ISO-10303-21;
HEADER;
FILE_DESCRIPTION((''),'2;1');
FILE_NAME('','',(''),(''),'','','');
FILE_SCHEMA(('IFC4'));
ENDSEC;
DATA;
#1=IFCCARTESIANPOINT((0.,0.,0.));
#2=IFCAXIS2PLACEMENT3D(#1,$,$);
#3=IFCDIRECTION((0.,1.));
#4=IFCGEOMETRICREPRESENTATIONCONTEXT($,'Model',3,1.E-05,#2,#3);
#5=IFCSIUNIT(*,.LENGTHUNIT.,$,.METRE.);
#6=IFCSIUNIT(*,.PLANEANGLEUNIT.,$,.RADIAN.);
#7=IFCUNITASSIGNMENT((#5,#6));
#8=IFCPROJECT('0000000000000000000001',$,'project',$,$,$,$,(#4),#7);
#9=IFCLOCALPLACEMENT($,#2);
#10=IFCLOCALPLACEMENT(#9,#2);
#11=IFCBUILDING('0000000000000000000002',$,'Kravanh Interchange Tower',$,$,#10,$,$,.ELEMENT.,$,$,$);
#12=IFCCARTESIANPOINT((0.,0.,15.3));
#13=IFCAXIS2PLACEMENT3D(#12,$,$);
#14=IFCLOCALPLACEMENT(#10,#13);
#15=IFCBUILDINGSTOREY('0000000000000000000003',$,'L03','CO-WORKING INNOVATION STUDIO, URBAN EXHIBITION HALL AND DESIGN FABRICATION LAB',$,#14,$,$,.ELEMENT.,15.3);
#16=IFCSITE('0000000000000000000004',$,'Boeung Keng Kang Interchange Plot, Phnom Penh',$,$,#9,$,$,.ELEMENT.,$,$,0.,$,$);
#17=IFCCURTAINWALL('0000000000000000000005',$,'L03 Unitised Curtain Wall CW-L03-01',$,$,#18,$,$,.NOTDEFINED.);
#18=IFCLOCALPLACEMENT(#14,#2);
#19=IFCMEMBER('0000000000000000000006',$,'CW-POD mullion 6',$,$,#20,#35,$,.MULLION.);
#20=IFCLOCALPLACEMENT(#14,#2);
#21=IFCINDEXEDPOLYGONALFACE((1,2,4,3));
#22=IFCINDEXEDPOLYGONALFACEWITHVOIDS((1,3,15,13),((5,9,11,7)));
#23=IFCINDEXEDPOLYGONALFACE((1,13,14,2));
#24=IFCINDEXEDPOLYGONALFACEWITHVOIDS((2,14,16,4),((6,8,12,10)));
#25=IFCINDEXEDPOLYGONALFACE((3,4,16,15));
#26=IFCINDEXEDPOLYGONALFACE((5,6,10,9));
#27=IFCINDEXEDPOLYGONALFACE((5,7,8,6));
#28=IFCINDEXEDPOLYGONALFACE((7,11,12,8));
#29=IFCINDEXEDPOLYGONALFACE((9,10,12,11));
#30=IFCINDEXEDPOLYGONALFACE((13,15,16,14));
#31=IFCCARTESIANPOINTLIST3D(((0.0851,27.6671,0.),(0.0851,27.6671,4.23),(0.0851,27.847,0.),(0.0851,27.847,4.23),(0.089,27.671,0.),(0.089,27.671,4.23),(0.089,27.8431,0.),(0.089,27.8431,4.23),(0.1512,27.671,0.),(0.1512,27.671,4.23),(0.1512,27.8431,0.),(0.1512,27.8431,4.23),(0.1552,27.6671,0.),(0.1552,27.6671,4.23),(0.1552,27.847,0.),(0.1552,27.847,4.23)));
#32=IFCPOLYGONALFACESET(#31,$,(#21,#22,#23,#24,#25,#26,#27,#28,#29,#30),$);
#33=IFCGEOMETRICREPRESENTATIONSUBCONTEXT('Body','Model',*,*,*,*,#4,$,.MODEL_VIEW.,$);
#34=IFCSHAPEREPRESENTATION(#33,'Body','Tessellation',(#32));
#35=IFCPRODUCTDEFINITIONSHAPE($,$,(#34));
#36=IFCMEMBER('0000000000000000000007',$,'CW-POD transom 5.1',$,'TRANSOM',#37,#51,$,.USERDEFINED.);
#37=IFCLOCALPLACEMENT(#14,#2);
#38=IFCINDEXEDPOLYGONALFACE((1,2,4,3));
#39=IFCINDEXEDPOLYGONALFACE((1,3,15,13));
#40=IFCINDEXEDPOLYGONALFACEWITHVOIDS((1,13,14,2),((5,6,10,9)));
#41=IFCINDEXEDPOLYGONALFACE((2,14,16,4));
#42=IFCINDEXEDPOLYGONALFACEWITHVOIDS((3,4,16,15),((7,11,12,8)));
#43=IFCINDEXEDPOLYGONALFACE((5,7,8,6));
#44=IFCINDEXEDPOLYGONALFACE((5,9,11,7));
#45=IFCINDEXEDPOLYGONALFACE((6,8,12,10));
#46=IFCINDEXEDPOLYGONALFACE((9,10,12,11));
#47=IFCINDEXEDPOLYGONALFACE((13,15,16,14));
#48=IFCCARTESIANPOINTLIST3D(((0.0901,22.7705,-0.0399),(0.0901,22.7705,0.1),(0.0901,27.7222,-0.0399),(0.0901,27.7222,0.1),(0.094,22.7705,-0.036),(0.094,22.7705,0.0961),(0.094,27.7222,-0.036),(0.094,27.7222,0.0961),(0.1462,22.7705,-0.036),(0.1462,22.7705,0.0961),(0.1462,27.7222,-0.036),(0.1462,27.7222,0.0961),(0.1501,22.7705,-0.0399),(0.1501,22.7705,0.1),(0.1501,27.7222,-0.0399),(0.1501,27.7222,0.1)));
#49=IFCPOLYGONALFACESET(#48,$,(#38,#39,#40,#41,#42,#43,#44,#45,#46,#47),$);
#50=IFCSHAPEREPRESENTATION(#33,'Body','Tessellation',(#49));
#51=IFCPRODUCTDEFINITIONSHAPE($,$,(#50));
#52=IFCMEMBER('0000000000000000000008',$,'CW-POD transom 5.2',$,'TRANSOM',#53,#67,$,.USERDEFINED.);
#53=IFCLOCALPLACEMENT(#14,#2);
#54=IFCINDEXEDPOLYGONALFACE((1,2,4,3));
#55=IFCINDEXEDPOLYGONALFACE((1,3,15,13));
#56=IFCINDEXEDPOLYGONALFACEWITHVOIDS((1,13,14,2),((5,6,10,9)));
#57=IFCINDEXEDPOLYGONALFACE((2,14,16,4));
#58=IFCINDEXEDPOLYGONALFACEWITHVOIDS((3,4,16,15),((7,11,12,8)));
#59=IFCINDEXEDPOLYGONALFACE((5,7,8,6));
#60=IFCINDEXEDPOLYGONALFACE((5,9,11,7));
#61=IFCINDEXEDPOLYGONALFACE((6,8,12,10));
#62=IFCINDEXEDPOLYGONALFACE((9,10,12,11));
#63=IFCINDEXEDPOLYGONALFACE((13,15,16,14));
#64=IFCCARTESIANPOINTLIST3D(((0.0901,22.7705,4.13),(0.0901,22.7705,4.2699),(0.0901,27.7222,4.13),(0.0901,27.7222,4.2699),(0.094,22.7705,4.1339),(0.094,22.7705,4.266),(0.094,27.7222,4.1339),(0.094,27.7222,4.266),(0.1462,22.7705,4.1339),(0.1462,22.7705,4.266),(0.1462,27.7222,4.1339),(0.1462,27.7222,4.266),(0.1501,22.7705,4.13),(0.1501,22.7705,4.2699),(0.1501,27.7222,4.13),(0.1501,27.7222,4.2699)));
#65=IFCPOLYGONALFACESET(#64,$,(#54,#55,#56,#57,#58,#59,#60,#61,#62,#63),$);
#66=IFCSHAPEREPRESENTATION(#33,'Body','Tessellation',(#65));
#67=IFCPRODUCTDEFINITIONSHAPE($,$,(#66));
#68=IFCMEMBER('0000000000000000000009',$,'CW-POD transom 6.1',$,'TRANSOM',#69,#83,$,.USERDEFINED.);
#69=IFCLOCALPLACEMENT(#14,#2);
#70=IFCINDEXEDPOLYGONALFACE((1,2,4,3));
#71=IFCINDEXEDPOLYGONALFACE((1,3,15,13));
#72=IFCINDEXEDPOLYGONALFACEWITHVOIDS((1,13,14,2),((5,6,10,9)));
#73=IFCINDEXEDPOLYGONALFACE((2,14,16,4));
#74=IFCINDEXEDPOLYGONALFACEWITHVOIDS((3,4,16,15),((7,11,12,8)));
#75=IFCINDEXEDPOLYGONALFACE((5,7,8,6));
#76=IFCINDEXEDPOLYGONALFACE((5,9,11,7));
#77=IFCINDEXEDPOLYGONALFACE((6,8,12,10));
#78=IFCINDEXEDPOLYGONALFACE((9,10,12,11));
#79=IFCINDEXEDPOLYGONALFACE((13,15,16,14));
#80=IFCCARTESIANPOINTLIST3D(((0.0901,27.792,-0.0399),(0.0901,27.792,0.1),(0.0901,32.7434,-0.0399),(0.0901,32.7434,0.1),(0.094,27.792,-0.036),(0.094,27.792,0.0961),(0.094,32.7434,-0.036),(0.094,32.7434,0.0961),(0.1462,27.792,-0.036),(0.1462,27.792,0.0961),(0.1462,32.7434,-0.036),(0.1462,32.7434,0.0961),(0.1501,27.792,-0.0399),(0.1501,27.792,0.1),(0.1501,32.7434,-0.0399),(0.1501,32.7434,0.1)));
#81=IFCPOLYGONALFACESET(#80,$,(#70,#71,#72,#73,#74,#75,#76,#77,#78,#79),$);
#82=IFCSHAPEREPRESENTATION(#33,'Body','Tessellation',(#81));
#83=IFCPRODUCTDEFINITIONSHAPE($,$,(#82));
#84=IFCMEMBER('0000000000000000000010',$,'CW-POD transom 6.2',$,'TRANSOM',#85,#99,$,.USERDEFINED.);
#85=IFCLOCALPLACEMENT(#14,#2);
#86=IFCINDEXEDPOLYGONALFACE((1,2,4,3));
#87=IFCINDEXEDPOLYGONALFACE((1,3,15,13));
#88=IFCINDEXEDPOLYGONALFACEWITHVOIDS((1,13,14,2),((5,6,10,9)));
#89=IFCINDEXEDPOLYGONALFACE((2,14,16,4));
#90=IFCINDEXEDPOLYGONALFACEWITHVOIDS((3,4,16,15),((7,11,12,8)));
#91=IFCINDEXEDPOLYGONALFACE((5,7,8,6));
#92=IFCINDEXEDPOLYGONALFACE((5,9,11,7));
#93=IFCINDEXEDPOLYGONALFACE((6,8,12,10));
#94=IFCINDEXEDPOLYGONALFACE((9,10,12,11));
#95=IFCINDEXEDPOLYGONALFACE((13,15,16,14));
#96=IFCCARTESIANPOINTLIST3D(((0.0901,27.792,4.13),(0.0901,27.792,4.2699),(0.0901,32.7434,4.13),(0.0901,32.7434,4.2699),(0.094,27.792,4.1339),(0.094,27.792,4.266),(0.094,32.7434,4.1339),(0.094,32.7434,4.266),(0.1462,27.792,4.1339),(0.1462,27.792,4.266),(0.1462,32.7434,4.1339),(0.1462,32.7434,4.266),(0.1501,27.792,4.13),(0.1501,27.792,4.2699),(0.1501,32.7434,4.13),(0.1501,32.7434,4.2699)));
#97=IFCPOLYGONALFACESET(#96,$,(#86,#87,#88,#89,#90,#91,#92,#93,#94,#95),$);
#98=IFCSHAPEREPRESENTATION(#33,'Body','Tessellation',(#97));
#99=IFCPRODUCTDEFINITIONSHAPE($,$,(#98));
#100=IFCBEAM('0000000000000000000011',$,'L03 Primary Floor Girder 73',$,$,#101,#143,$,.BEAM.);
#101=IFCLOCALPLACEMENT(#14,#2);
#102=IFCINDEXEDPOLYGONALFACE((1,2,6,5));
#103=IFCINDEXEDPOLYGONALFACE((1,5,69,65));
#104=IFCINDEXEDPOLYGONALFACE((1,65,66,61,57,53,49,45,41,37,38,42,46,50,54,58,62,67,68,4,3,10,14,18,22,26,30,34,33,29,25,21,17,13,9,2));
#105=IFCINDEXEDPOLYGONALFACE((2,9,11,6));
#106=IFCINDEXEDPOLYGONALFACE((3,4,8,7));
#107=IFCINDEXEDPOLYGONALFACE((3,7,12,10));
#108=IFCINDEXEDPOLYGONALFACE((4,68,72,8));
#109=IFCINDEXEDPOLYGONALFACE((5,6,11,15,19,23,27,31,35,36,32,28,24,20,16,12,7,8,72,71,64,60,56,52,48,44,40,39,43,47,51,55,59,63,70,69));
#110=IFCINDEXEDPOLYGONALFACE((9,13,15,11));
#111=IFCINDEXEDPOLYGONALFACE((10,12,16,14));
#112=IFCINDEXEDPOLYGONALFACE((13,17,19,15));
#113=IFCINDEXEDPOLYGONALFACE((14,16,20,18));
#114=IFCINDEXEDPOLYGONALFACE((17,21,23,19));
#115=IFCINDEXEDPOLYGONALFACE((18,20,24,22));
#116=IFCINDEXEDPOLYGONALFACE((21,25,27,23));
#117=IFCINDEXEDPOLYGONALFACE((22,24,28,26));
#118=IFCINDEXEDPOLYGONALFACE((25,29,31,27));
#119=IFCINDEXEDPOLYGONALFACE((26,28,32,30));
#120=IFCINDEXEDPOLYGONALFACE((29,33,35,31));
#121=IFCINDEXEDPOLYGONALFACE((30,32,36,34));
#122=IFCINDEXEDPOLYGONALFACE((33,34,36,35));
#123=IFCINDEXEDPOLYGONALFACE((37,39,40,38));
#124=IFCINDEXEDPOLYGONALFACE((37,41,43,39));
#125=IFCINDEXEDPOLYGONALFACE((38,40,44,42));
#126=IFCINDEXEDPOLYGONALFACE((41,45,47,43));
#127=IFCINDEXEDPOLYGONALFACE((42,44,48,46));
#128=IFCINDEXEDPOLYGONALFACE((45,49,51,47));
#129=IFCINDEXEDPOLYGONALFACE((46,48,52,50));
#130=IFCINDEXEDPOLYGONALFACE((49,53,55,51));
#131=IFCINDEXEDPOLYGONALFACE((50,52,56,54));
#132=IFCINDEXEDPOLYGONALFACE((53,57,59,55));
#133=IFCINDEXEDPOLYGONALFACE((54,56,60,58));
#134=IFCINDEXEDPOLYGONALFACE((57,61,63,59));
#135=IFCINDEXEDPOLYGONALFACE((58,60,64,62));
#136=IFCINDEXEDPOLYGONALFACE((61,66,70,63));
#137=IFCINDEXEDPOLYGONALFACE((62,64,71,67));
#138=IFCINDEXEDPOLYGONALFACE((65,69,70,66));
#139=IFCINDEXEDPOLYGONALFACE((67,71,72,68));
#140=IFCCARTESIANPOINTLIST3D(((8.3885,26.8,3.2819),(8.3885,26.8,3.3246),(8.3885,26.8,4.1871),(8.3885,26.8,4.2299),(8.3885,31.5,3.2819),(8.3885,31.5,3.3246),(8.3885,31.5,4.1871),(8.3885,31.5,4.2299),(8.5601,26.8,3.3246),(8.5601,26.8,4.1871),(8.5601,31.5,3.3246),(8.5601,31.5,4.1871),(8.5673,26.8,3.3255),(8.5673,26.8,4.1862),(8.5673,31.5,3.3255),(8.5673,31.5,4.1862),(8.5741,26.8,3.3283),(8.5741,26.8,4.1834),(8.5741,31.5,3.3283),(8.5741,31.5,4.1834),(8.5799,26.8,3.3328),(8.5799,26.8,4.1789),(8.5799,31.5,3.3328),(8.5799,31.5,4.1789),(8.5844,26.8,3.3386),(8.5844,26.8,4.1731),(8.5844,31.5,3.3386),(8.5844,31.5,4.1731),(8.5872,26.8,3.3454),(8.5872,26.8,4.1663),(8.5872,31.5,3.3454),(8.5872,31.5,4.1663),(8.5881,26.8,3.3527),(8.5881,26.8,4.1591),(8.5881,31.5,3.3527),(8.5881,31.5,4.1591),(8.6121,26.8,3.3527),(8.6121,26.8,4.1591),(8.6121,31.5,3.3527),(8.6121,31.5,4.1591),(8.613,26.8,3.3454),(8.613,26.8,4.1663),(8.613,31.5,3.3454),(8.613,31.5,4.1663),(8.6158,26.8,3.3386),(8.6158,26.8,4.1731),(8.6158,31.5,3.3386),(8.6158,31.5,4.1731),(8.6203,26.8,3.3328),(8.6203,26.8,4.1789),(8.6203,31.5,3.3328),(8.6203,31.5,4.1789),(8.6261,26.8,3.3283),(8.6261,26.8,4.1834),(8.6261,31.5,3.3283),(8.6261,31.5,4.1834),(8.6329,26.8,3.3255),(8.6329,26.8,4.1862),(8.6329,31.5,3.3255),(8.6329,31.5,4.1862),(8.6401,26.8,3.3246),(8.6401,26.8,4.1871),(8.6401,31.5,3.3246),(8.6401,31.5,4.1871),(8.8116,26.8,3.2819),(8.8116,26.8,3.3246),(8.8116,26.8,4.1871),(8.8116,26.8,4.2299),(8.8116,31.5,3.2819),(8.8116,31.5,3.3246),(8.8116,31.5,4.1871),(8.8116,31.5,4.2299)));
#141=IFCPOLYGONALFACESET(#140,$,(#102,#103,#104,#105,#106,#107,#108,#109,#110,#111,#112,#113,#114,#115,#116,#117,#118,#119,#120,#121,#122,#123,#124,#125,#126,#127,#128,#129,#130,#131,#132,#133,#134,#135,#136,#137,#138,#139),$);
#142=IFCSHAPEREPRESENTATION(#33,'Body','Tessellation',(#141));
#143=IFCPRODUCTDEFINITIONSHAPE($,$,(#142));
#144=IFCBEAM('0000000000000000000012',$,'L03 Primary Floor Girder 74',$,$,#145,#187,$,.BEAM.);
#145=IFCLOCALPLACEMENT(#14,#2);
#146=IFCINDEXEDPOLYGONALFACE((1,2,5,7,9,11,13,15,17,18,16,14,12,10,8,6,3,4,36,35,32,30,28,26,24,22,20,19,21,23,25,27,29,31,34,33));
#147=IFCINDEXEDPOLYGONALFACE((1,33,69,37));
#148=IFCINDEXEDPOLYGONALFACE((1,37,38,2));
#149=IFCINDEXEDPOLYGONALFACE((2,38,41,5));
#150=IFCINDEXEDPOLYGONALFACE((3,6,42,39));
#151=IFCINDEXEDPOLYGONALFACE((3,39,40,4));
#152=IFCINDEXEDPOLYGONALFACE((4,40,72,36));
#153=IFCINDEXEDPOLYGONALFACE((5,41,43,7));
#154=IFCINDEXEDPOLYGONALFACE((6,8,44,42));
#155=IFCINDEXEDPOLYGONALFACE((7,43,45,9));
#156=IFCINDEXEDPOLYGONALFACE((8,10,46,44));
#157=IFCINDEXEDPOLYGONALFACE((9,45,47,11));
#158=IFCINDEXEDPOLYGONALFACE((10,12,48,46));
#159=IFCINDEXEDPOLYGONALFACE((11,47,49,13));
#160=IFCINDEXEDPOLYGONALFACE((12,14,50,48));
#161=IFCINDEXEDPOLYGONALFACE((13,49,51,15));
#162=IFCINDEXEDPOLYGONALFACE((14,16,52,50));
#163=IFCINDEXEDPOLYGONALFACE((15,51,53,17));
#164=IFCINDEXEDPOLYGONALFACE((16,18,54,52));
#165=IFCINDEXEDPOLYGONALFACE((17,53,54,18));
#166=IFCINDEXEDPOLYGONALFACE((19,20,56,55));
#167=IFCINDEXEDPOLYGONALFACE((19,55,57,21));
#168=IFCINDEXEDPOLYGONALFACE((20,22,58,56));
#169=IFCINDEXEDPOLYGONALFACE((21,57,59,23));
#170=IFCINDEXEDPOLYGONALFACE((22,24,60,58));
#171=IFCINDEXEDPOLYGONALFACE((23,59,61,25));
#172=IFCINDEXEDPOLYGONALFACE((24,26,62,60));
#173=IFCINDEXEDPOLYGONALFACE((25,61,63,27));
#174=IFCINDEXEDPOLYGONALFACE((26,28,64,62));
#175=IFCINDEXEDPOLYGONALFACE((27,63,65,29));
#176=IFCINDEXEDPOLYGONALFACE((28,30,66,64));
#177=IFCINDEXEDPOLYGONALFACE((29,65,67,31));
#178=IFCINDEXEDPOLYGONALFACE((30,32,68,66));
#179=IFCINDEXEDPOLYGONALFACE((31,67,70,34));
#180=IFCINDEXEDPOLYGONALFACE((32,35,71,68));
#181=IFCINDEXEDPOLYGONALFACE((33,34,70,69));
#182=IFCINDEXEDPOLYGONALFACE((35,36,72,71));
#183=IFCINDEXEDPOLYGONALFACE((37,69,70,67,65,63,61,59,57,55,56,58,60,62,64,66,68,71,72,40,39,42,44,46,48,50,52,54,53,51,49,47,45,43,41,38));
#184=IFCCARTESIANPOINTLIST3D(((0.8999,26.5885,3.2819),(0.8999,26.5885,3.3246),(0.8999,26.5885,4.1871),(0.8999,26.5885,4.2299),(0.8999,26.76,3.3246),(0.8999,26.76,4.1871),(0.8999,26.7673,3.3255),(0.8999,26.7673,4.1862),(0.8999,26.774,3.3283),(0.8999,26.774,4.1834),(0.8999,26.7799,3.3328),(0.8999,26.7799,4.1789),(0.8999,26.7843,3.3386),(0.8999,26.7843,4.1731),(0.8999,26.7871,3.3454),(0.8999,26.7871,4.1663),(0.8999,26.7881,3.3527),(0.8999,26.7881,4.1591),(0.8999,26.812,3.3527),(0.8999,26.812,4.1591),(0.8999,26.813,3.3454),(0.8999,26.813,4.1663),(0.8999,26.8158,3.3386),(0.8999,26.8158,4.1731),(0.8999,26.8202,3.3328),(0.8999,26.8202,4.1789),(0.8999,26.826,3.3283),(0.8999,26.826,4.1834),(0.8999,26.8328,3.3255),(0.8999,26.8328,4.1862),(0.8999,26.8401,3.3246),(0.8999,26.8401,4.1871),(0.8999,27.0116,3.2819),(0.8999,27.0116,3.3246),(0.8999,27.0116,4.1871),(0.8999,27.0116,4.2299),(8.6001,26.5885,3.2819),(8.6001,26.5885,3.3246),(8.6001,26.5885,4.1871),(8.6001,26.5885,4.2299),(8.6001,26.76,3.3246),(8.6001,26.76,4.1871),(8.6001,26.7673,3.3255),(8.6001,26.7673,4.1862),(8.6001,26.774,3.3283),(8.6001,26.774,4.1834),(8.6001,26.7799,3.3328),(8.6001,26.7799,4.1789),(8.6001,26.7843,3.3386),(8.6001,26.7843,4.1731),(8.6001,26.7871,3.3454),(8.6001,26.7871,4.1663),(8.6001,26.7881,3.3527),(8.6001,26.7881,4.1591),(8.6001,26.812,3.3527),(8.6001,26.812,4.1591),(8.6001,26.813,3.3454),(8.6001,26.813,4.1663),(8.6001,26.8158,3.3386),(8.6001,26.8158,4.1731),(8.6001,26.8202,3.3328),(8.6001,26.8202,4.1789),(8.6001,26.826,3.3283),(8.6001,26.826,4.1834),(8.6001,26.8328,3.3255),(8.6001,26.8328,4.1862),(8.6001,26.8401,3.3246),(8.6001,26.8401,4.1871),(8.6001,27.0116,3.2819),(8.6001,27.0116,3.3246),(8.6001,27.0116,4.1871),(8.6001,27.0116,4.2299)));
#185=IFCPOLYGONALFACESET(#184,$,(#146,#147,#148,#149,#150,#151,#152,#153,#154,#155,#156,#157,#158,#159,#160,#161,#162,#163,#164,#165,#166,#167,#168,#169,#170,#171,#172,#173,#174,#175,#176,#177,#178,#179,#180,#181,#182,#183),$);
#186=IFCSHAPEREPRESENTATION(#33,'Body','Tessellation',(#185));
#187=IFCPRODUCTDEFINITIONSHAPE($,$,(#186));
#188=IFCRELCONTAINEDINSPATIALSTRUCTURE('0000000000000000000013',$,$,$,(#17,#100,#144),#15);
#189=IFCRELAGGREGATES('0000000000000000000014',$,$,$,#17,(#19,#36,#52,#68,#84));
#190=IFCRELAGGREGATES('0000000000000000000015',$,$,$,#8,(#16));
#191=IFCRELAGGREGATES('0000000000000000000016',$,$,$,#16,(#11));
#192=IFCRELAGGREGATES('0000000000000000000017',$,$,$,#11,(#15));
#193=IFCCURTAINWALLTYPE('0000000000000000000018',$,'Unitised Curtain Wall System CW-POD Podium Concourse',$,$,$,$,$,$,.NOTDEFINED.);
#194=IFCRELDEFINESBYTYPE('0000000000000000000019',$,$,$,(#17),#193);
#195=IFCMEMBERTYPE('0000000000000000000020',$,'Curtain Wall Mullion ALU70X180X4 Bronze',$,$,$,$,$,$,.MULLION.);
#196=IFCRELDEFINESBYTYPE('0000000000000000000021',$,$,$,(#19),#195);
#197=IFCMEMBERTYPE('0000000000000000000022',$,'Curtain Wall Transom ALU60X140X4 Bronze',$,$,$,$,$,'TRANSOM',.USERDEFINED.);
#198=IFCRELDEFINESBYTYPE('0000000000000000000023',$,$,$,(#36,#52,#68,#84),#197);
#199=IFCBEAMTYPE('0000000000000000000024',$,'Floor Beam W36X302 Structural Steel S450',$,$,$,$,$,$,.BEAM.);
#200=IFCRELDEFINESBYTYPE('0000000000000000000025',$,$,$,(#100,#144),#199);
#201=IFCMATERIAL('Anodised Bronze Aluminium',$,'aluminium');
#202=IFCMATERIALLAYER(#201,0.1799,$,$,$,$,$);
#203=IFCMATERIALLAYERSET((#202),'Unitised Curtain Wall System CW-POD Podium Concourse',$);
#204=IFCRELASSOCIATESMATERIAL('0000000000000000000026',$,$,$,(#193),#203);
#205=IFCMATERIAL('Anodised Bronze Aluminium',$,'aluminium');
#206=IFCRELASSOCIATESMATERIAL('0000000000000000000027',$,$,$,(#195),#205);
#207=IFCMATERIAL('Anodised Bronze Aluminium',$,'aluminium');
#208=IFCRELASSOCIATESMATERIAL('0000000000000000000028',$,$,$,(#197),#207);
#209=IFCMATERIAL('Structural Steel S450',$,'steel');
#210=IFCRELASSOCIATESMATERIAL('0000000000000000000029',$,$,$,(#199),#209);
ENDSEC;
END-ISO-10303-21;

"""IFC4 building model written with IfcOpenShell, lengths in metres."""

from ifc_helpers import new_model, si_unit, direction, frame, origin, origin_2d, place, context, subcontext, project, spatial, hollow_rectangle, i_section, extrude, material, layer, layer_set, material_profile, profile_set, type_object, element, aggregate, save


model = new_model("IFC4")

# Units and contexts
model_context = context("Model", 3, precision=1e-05, world=origin(), true_north=direction((0.0, 1.0)))
body_context = subcontext(model_context, "Body", "Model", "MODEL_VIEW")
ifc_project = project(units=[si_unit("LENGTHUNIT", "METRE"), si_unit("PLANEANGLEUNIT", "RADIAN")], contexts=[model_context])

# Site, building, storey
site_placement = place(None, origin())
site = spatial("IfcSite", under=ifc_project, at=site_placement, Name="Boeung Keng Kang Interchange Plot, Phnom Penh", CompositionType="ELEMENT", RefElevation=0.0)
building_placement = place(site_placement, origin())
building = spatial("IfcBuilding", under=site, at=building_placement, Name="Kravanh Interchange Tower", CompositionType="ELEMENT")
storey_placement = place(building_placement, frame((0.0, 0.0, 15.3)))
storey = spatial("IfcBuildingStorey", under=building, at=storey_placement, Name="L03", Description="CO-WORKING INNOVATION STUDIO, URBAN EXHIBITION HALL AND DESIGN FABRICATION LAB", CompositionType="ELEMENT", Elevation=15.3)

# Curtain wall, members
ifc_material_1 = material(Name="Anodised Bronze Aluminium", Category="aluminium")
ifc_layer_1 = layer(ifc_material_1, 0.1799)
ifc_layer_set_1 = layer_set([ifc_layer_1], Name="Unitised Curtain Wall System CW-POD Podium Concourse")
curtain_wall_type = type_object("IfcCurtainWallType", Name="Unitised Curtain Wall System CW-POD Podium Concourse", PredefinedType="NOTDEFINED", material=ifc_layer_set_1)
curtain_wall_placement = place(storey_placement, origin())
curtain_wall = element("IfcCurtainWall", 1, at=curtain_wall_placement, inside=storey, type_object=curtain_wall_type, Name="L03 Unitised Curtain Wall CW-L03-01", PredefinedType="NOTDEFINED")
ifc_material_2 = material(Name="Anodised Bronze Aluminium", Category="aluminium")
ifc_material_profile_1 = material_profile(ifc_material_2, hollow_rectangle(XDim=0.0701, YDim=0.1799, WallThickness=0.0039, at=origin_2d()), Name="ALU70X180X4")
ifc_profile_set_1 = profile_set([ifc_material_profile_1], Name="Anodised Bronze Aluminium")
member_type_1 = type_object("IfcMemberType", Name="Curtain Wall Mullion ALU70X180X4 Bronze", PredefinedType="MULLION", material=ifc_profile_set_1)
member_1_placement = place(storey_placement, frame((0.1201, 27.7571, 0.0), z_axis=(0.0, 0.0, 1.0), x_axis=(-1.0, 0.0, 0.0)))
member_1 = element("IfcMember", 2, at=member_1_placement, type_object=member_type_1, Name="CW-POD mullion 6", PredefinedType="MULLION", context=body_context, shape_type="SweptSolid", body=[
    extrude(hollow_rectangle(XDim=0.0701, YDim=0.1799, WallThickness=0.0039, at=origin_2d()), origin(), (0.0, 0.0, 1.0), 4.23),
])
ifc_material_3 = material(Name="Anodised Bronze Aluminium", Category="aluminium")
ifc_material_profile_2 = material_profile(ifc_material_3, hollow_rectangle(XDim=0.0601, YDim=0.1399, WallThickness=0.0039, at=origin_2d()), Name="ALU60X140X4")
ifc_profile_set_2 = profile_set([ifc_material_profile_2], Name="Anodised Bronze Aluminium")
member_type_2 = type_object("IfcMemberType", Name="Curtain Wall Transom ALU60X140X4 Bronze", ElementType="TRANSOM", PredefinedType="USERDEFINED", material=ifc_profile_set_2)
member_2_placement = place(storey_placement, frame((0.1201, 22.7705, 0.03), z_axis=(0.0, 1.0, 0.0), x_axis=(-1.0, 0.0, 0.0)))
member_2 = element("IfcMember", 3, at=member_2_placement, type_object=member_type_2, Name="CW-POD transom 5.1", ObjectType="TRANSOM", PredefinedType="USERDEFINED", context=body_context, shape_type="SweptSolid", body=[
    extrude(hollow_rectangle(XDim=0.0601, YDim=0.1399, WallThickness=0.0039, at=origin_2d()), origin(), (0.0, 0.0, 1.0), 4.9517),
])
member_3_placement = place(storey_placement, frame((0.1201, 22.7705, 4.2), z_axis=(0.0, 1.0, 0.0), x_axis=(-1.0, 0.0, 0.0)))
member_3 = element("IfcMember", 4, at=member_3_placement, type_object=member_type_2, Name="CW-POD transom 5.2", ObjectType="TRANSOM", PredefinedType="USERDEFINED", context=body_context, shape_type="SweptSolid", body=[
    extrude(hollow_rectangle(XDim=0.0601, YDim=0.1399, WallThickness=0.0039, at=origin_2d()), origin(), (0.0, 0.0, 1.0), 4.9517),
])
member_4_placement = place(storey_placement, frame((0.1201, 27.792, 0.03), z_axis=(0.0, 1.0, 0.0), x_axis=(-1.0, 0.0, 0.0)))
member_4 = element("IfcMember", 5, at=member_4_placement, type_object=member_type_2, Name="CW-POD transom 6.1", ObjectType="TRANSOM", PredefinedType="USERDEFINED", context=body_context, shape_type="SweptSolid", body=[
    extrude(hollow_rectangle(XDim=0.0601, YDim=0.1399, WallThickness=0.0039, at=origin_2d()), origin(), (0.0, 0.0, 1.0), 4.9514),
])
member_5_placement = place(storey_placement, frame((0.1201, 27.792, 4.2), z_axis=(0.0, 1.0, 0.0), x_axis=(-1.0, 0.0, 0.0)))
member_5 = element("IfcMember", 6, at=member_5_placement, type_object=member_type_2, Name="CW-POD transom 6.2", ObjectType="TRANSOM", PredefinedType="USERDEFINED", context=body_context, shape_type="SweptSolid", body=[
    extrude(hollow_rectangle(XDim=0.0601, YDim=0.1399, WallThickness=0.0039, at=origin_2d()), origin(), (0.0, 0.0, 1.0), 4.9514),
])

# Beams
ifc_material_4 = material(Name="Structural Steel S450", Category="steel")
ifc_material_profile_3 = material_profile(ifc_material_4, i_section(OverallWidth=0.4231, OverallDepth=0.948, WebThickness=0.0239, FlangeThickness=0.0427, FilletRadius=0.0281, at=origin_2d()), Name="W36X302")
ifc_profile_set_3 = profile_set([ifc_material_profile_3], Name="Structural Steel S450")
beam_type_1 = type_object("IfcBeamType", Name="Floor Beam W36X302 Structural Steel S450", PredefinedType="BEAM", material=ifc_profile_set_3)
beam_1_placement = place(storey_placement, frame((8.6001, 26.8, 3.7559), z_axis=(0.0, 1.0, 0.0), x_axis=(-1.0, 0.0, 0.0)))
element("IfcBeam", 7, at=beam_1_placement, inside=storey, type_object=beam_type_1, Name="L03 Primary Floor Girder 73", PredefinedType="BEAM", context=body_context, shape_type="SweptSolid", body=[
    extrude(i_section(OverallWidth=0.4231, OverallDepth=0.948, WebThickness=0.0239, FlangeThickness=0.0427, FilletRadius=0.0281, at=origin_2d()), origin(), (0.0, 0.0, 1.0), 4.7),
])
beam_2_placement = place(storey_placement, frame((8.6001, 26.8, 3.7559), z_axis=(-1.0, 0.0, 0.0), x_axis=(0.0, -1.0, 0.0)))
element("IfcBeam", 8, at=beam_2_placement, inside=storey, type_object=beam_type_1, Name="L03 Primary Floor Girder 74", PredefinedType="BEAM", context=body_context, shape_type="SweptSolid", body=[
    extrude(i_section(OverallWidth=0.4231, OverallDepth=0.948, WebThickness=0.0239, FlangeThickness=0.0427, FilletRadius=0.0281, at=origin_2d()), origin(), (0.0, 0.0, 1.0), 7.7002),
])

aggregate(curtain_wall, [member_1, member_2, member_3, member_4, member_5])

save(model, "model.ifc")
